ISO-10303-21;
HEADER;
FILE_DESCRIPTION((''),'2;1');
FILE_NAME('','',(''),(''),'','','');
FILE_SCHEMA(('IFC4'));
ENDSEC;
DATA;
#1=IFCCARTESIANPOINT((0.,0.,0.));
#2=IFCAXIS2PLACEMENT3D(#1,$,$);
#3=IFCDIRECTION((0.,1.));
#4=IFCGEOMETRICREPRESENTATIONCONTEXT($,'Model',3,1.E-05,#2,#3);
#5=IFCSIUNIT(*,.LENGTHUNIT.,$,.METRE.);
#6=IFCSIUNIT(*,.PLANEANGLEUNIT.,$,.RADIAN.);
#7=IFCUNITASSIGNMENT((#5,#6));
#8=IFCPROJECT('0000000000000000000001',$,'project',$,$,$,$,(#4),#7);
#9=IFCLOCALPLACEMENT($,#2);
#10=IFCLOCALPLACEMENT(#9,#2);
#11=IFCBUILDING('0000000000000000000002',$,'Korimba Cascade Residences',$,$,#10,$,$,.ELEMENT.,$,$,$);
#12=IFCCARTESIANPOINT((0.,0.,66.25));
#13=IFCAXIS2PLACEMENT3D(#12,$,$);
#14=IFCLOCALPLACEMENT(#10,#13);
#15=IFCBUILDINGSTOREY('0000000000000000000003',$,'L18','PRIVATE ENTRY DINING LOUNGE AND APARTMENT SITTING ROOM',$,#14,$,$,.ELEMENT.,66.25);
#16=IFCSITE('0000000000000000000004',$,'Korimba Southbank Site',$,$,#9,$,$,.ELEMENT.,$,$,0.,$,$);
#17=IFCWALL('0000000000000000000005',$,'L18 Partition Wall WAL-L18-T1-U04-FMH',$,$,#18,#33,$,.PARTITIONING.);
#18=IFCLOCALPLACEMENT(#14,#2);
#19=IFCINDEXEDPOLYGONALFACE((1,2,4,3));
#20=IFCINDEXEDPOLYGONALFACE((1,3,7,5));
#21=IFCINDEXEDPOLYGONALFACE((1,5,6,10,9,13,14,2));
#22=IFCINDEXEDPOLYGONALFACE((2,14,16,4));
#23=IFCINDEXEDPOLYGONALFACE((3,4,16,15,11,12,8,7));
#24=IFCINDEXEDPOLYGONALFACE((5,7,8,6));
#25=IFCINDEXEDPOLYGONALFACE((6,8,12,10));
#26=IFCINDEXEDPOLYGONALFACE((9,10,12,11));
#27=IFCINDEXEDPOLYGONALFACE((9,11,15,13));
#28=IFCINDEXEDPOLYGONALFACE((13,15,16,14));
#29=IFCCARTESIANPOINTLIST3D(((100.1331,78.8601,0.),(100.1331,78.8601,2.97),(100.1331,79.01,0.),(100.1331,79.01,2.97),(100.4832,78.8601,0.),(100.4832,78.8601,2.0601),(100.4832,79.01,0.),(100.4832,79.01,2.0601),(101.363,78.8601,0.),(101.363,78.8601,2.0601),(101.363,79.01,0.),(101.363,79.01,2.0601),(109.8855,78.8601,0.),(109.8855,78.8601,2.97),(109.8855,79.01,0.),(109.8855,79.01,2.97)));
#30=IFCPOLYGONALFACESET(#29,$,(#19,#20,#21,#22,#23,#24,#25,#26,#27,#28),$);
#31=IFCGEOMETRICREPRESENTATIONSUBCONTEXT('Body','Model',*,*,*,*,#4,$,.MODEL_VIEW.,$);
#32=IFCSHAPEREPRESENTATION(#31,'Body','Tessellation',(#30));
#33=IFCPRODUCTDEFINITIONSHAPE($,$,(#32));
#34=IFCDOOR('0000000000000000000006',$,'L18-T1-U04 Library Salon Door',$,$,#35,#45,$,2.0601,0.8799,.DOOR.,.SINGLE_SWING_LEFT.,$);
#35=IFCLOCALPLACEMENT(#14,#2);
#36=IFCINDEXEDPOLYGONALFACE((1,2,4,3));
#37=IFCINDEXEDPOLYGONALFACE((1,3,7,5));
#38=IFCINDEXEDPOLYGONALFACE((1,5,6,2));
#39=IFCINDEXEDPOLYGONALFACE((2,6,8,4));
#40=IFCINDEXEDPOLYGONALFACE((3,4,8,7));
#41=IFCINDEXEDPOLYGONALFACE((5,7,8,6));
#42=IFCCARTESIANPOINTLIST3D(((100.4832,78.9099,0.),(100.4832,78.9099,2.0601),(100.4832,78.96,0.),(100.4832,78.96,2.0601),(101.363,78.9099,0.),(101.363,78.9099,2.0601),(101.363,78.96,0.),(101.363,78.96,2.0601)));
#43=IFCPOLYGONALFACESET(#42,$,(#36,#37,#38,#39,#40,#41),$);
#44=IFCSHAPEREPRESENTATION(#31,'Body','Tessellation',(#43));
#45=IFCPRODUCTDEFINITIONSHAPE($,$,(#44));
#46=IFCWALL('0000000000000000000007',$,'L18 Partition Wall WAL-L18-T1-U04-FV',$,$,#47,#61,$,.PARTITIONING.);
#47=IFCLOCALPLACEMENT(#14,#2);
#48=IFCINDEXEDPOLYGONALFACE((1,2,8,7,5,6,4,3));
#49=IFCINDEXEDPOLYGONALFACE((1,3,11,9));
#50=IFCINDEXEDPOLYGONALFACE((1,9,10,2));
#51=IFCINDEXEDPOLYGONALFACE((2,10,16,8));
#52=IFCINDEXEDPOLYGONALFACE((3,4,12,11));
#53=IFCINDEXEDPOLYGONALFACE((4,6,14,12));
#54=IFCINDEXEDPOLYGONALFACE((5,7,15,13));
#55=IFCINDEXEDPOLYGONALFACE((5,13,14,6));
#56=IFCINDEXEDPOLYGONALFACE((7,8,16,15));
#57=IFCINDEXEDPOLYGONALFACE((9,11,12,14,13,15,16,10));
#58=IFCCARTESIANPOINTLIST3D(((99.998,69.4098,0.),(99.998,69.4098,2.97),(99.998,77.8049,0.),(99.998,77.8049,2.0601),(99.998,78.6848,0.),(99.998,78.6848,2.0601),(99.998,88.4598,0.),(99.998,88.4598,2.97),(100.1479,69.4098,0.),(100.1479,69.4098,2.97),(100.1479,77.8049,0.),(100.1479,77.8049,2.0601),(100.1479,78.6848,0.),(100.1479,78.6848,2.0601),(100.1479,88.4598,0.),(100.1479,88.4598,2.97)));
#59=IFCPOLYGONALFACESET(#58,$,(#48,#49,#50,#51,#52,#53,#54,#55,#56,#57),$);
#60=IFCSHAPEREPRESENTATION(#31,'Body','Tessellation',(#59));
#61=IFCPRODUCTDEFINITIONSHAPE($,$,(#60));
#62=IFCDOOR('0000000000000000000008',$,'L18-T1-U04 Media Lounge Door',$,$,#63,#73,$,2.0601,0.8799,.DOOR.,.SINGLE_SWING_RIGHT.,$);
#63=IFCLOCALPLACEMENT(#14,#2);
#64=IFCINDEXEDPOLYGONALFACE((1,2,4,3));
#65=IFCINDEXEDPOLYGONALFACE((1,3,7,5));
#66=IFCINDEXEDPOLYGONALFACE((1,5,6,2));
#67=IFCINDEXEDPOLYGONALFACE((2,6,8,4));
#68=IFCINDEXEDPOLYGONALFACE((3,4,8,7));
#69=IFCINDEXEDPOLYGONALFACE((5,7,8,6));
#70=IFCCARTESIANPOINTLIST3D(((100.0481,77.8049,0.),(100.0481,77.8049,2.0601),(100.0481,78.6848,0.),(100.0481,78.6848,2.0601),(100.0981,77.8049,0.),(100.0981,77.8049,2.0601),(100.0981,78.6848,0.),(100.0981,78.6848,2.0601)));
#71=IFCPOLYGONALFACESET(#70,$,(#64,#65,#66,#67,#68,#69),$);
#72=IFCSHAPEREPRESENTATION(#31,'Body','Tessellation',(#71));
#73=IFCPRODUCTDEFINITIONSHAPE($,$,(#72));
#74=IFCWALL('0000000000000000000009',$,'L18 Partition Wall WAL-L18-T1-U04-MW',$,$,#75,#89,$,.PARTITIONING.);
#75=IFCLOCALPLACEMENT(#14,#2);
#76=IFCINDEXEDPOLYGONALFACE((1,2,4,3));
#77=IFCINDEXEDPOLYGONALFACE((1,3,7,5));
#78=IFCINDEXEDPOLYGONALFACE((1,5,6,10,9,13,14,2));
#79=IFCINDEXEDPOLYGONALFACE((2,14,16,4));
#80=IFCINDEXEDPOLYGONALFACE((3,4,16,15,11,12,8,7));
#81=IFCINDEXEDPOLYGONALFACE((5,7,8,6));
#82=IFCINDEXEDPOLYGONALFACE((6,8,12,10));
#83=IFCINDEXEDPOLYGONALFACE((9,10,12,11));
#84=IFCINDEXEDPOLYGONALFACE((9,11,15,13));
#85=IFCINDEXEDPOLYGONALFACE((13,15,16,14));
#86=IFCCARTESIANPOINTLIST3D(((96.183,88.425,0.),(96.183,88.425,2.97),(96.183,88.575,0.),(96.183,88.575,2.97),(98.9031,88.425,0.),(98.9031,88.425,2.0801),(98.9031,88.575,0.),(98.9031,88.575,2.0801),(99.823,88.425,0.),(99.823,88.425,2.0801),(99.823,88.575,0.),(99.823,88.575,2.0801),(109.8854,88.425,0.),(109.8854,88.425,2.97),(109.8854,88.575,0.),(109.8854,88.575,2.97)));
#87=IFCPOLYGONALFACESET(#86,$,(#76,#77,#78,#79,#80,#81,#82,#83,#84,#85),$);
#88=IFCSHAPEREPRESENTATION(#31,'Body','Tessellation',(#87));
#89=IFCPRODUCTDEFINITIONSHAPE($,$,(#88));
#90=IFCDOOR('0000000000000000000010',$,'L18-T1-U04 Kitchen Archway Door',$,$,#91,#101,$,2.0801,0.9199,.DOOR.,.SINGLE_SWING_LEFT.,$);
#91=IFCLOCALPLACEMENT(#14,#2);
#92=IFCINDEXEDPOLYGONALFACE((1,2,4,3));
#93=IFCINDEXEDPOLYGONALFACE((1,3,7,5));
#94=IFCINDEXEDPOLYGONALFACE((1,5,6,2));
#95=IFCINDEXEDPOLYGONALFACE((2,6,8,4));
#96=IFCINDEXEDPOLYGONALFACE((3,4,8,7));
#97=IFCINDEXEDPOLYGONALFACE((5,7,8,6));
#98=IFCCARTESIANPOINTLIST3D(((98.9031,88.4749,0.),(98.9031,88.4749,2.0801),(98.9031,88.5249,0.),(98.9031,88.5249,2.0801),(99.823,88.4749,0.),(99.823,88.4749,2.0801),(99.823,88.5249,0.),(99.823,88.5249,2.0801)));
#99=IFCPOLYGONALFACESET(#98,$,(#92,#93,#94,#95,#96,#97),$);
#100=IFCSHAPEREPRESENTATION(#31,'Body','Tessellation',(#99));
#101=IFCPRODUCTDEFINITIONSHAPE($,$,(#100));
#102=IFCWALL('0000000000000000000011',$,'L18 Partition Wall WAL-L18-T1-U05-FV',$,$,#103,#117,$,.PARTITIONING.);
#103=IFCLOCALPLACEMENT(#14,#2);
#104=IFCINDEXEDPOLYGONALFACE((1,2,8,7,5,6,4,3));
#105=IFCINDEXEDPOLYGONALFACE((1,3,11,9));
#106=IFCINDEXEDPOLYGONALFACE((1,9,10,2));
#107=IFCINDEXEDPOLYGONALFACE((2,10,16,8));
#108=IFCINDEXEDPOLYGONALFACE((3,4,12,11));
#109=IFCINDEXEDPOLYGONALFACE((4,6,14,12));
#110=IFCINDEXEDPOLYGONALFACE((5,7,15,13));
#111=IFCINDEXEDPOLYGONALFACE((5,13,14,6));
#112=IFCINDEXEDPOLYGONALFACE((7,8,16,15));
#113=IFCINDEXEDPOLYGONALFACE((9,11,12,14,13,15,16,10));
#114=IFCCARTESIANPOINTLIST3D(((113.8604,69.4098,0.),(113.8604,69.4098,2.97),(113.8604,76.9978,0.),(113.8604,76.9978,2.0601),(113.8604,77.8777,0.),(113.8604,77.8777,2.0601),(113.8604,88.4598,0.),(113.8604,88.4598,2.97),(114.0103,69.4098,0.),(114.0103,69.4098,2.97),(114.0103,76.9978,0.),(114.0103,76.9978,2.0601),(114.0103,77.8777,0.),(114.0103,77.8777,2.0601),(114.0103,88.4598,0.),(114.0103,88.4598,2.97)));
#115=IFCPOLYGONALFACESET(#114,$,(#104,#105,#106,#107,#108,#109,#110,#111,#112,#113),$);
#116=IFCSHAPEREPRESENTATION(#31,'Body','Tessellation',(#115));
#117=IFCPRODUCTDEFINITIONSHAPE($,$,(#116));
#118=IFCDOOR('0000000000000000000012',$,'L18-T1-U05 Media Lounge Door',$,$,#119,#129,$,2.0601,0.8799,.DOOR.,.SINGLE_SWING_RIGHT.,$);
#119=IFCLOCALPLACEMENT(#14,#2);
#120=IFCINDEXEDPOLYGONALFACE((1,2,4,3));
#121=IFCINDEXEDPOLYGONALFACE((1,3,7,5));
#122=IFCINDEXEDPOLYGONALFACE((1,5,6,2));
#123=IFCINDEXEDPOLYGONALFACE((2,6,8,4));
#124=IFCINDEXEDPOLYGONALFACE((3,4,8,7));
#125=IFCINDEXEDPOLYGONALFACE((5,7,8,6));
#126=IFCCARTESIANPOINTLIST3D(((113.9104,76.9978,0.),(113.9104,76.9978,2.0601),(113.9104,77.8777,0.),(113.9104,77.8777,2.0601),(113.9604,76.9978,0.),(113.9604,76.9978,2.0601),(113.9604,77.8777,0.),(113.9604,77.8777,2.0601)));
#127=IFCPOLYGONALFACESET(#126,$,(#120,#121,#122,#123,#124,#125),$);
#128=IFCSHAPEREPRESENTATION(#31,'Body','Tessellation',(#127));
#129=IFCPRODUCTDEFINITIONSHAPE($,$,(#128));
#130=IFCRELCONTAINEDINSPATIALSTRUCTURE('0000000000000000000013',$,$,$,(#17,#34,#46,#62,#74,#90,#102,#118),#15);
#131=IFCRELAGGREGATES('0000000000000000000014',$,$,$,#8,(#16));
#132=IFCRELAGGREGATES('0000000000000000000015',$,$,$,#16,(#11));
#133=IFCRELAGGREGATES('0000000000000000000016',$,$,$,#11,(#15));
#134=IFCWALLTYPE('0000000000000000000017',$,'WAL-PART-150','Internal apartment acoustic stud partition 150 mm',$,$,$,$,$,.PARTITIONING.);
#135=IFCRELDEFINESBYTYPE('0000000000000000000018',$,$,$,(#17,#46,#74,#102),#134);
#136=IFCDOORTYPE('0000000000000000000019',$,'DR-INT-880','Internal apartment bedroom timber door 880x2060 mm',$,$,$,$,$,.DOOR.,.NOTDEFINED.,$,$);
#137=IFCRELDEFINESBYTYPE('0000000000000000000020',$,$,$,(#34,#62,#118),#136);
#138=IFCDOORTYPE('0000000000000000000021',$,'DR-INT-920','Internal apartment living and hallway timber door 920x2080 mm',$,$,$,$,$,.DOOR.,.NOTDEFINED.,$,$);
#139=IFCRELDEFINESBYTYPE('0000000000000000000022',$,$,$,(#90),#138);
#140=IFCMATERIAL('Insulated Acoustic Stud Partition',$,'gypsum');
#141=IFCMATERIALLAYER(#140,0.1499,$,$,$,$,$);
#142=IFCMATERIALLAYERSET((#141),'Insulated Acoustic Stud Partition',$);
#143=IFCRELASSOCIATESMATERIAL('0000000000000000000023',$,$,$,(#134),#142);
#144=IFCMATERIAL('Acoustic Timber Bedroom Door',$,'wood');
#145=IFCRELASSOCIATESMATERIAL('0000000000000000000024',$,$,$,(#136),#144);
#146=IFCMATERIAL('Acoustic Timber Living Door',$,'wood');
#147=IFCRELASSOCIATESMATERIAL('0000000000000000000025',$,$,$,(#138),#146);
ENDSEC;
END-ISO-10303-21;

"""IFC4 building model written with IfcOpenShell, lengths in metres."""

from ifc_helpers import new_model, si_unit, direction, frame, frame_2d, origin, place, context, subcontext, project, spatial, rectangle, extrude, material, layer, layer_set, type_object, element, fill, save


model = new_model("IFC4")

# Units and contexts
model_context = context("Model", 3, precision=1e-05, world=origin(), true_north=direction((0.0, 1.0)))
body_context = subcontext(model_context, "Body", "Model", "MODEL_VIEW")
ifc_project = project(units=[si_unit("LENGTHUNIT", "METRE"), si_unit("PLANEANGLEUNIT", "RADIAN")], contexts=[model_context])

# Site, building, storey
site_placement = place(None, origin())
site = spatial("IfcSite", under=ifc_project, at=site_placement, Name="Korimba Southbank Site", CompositionType="ELEMENT", RefElevation=0.0)
building_placement = place(site_placement, origin())
building = spatial("IfcBuilding", under=site, at=building_placement, Name="Korimba Cascade Residences", CompositionType="ELEMENT")
storey_placement = place(building_placement, frame((0.0, 0.0, 66.25)))
storey = spatial("IfcBuildingStorey", under=building, at=storey_placement, Name="L18", Description="PRIVATE ENTRY DINING LOUNGE AND APARTMENT SITTING ROOM", CompositionType="ELEMENT", Elevation=66.25)

# Shared definitions
ifc_material_1 = material(Name="Insulated Acoustic Stud Partition", Category="gypsum")
ifc_layer_1 = layer(ifc_material_1, 0.1499)
ifc_layer_set_1 = layer_set([ifc_layer_1], Name="Insulated Acoustic Stud Partition")
wall_type_1 = type_object("IfcWallType", Name="WAL-PART-150", Description="Internal apartment acoustic stud partition 150 mm", PredefinedType="PARTITIONING", material=ifc_layer_set_1)
ifc_material_2 = material(Name="Acoustic Timber Bedroom Door", Category="wood")
door_type_1 = type_object("IfcDoorType", Name="DR-INT-880", Description="Internal apartment bedroom timber door 880x2060 mm", OperationType="NOTDEFINED", PredefinedType="DOOR", material=ifc_material_2)

# Walls, openings, doors
wall_1_placement = place(storey_placement, frame((100.1331, 78.9351, 0.0), z_axis=(0.0, 0.0, 1.0), x_axis=(1.0, 0.0, 0.0)))
wall_1 = element("IfcWall", 1, at=wall_1_placement, inside=storey, type_object=wall_type_1, Name="L18 Partition Wall WAL-L18-T1-U04-FMH", PredefinedType="PARTITIONING", context=body_context, shape_type="SweptSolid", body=[
    extrude(rectangle(XDim=9.7524, YDim=0.1499, at=frame_2d((4.8762, 0.0))), origin(), (0.0, 0.0, 1.0), 2.97),
])
opening_1_placement = place(wall_1_placement, frame((0.3501, 0.0, 0.0)))
opening_1 = element("IfcOpeningElement", 2, at=opening_1_placement, cuts=wall_1, PredefinedType="OPENING", context=body_context, shape_type="SweptSolid", body=[
    extrude(rectangle(XDim=0.8799, YDim=2.0601, at=frame_2d((0.4399, 1.03))), frame((0.0, 0.085, 0.0), z_axis=(0.0, -1.0, 0.0), x_axis=(1.0, 0.0, 0.0)), (0.0, 0.0, 1.0), 0.1699),
])
door_1_placement = place(opening_1_placement, origin())
door_1 = element("IfcDoor", 3, at=door_1_placement, inside=storey, type_object=door_type_1, Name="L18-T1-U04 Library Salon Door", OperationType="SINGLE_SWING_LEFT", OverallHeight=2.0601, OverallWidth=0.8799, PredefinedType="DOOR", context=body_context, shape_type="SweptSolid", body=[
    extrude(rectangle(XDim=0.8799, YDim=2.0601, at=frame_2d((0.4399, 1.03))), frame((0.0, 0.0249, 0.0), z_axis=(0.0, -1.0, 0.0), x_axis=(1.0, 0.0, 0.0)), (0.0, 0.0, 1.0), 0.05),
])
fill(opening_1, door_1)
wall_2_placement = place(storey_placement, frame((100.073, 69.4099, 0.0), z_axis=(0.0, 0.0, 1.0), x_axis=(0.0, 1.0, 0.0)))
wall_2 = element("IfcWall", 4, at=wall_2_placement, inside=storey, type_object=wall_type_1, Name="L18 Partition Wall WAL-L18-T1-U04-FV", PredefinedType="PARTITIONING", context=body_context, shape_type="SweptSolid", body=[
    extrude(rectangle(XDim=19.05, YDim=0.1499, at=frame_2d((9.5249, 0.0))), origin(), (0.0, 0.0, 1.0), 2.97),
])
opening_2_placement = place(wall_2_placement, frame((8.395, 0.0, 0.0)))
opening_2 = element("IfcOpeningElement", 5, at=opening_2_placement, cuts=wall_2, PredefinedType="OPENING", context=body_context, shape_type="SweptSolid", body=[
    extrude(rectangle(XDim=0.8799, YDim=2.0601, at=frame_2d((0.4399, 1.03))), frame((0.0, 0.085, 0.0), z_axis=(0.0, -1.0, 0.0), x_axis=(1.0, 0.0, 0.0)), (0.0, 0.0, 1.0), 0.1699),
])
door_2_placement = place(opening_2_placement, origin())
door_2 = element("IfcDoor", 6, at=door_2_placement, inside=storey, type_object=door_type_1, Name="L18-T1-U04 Media Lounge Door", OperationType="SINGLE_SWING_RIGHT", OverallHeight=2.0601, OverallWidth=0.8799, PredefinedType="DOOR", context=body_context, shape_type="SweptSolid", body=[
    extrude(rectangle(XDim=0.8799, YDim=2.0601, at=frame_2d((0.4399, 1.03))), frame((0.0, 0.0249, 0.0), z_axis=(0.0, -1.0, 0.0), x_axis=(1.0, 0.0, 0.0)), (0.0, 0.0, 1.0), 0.05),
])
fill(opening_2, door_2)
wall_3_placement = place(storey_placement, frame((96.1831, 88.5, 0.0), z_axis=(0.0, 0.0, 1.0), x_axis=(1.0, 0.0, 0.0)))
wall_3 = element("IfcWall", 7, at=wall_3_placement, inside=storey, type_object=wall_type_1, Name="L18 Partition Wall WAL-L18-T1-U04-MW", PredefinedType="PARTITIONING", context=body_context, shape_type="SweptSolid", body=[
    extrude(rectangle(XDim=13.7024, YDim=0.1499, at=frame_2d((6.8511, 0.0))), origin(), (0.0, 0.0, 1.0), 2.97),
])
opening_3_placement = place(wall_3_placement, frame((2.72, 0.0, 0.0)))
opening_3 = element("IfcOpeningElement", 8, at=opening_3_placement, cuts=wall_3, PredefinedType="OPENING", context=body_context, shape_type="SweptSolid", body=[
    extrude(rectangle(XDim=0.9199, YDim=2.0801, at=frame_2d((0.46, 1.04))), frame((0.0, 0.085, 0.0), z_axis=(0.0, -1.0, 0.0), x_axis=(1.0, 0.0, 0.0)), (0.0, 0.0, 1.0), 0.1699),
])
ifc_material_3 = material(Name="Acoustic Timber Living Door", Category="wood")
door_type_2 = type_object("IfcDoorType", Name="DR-INT-920", Description="Internal apartment living and hallway timber door 920x2080 mm", OperationType="NOTDEFINED", PredefinedType="DOOR", material=ifc_material_3)
door_3_placement = place(opening_3_placement, origin())
door_3 = element("IfcDoor", 9, at=door_3_placement, inside=storey, type_object=door_type_2, Name="L18-T1-U04 Kitchen Archway Door", OperationType="SINGLE_SWING_LEFT", OverallHeight=2.0801, OverallWidth=0.9199, PredefinedType="DOOR", context=body_context, shape_type="SweptSolid", body=[
    extrude(rectangle(XDim=0.9199, YDim=2.0801, at=frame_2d((0.46, 1.04))), frame((0.0, 0.0249, 0.0), z_axis=(0.0, -1.0, 0.0), x_axis=(1.0, 0.0, 0.0)), (0.0, 0.0, 1.0), 0.05),
])
fill(opening_3, door_3)
wall_4_placement = place(storey_placement, frame((113.9353, 69.4099, 0.0), z_axis=(0.0, 0.0, 1.0), x_axis=(0.0, 1.0, 0.0)))
wall_4 = element("IfcWall", 10, at=wall_4_placement, inside=storey, type_object=wall_type_1, Name="L18 Partition Wall WAL-L18-T1-U05-FV", PredefinedType="PARTITIONING", context=body_context, shape_type="SweptSolid", body=[
    extrude(rectangle(XDim=19.05, YDim=0.1499, at=frame_2d((9.5249, 0.0))), origin(), (0.0, 0.0, 1.0), 2.97),
])
opening_4_placement = place(wall_4_placement, frame((7.5879, 0.0, 0.0)))
opening_4 = element("IfcOpeningElement", 11, at=opening_4_placement, cuts=wall_4, PredefinedType="OPENING", context=body_context, shape_type="SweptSolid", body=[
    extrude(rectangle(XDim=0.8799, YDim=2.0601, at=frame_2d((0.4399, 1.03))), frame((0.0, 0.085, 0.0), z_axis=(0.0, -1.0, 0.0), x_axis=(1.0, 0.0, 0.0)), (0.0, 0.0, 1.0), 0.1699),
])
door_4_placement = place(opening_4_placement, origin())
door_4 = element("IfcDoor", 12, at=door_4_placement, inside=storey, type_object=door_type_1, Name="L18-T1-U05 Media Lounge Door", OperationType="SINGLE_SWING_RIGHT", OverallHeight=2.0601, OverallWidth=0.8799, PredefinedType="DOOR", context=body_context, shape_type="SweptSolid", body=[
    extrude(rectangle(XDim=0.8799, YDim=2.0601, at=frame_2d((0.4399, 1.03))), frame((0.0, 0.0249, 0.0), z_axis=(0.0, -1.0, 0.0), x_axis=(1.0, 0.0, 0.0)), (0.0, 0.0, 1.0), 0.05),
])
fill(opening_4, door_4)

save(model, "model.ifc")
